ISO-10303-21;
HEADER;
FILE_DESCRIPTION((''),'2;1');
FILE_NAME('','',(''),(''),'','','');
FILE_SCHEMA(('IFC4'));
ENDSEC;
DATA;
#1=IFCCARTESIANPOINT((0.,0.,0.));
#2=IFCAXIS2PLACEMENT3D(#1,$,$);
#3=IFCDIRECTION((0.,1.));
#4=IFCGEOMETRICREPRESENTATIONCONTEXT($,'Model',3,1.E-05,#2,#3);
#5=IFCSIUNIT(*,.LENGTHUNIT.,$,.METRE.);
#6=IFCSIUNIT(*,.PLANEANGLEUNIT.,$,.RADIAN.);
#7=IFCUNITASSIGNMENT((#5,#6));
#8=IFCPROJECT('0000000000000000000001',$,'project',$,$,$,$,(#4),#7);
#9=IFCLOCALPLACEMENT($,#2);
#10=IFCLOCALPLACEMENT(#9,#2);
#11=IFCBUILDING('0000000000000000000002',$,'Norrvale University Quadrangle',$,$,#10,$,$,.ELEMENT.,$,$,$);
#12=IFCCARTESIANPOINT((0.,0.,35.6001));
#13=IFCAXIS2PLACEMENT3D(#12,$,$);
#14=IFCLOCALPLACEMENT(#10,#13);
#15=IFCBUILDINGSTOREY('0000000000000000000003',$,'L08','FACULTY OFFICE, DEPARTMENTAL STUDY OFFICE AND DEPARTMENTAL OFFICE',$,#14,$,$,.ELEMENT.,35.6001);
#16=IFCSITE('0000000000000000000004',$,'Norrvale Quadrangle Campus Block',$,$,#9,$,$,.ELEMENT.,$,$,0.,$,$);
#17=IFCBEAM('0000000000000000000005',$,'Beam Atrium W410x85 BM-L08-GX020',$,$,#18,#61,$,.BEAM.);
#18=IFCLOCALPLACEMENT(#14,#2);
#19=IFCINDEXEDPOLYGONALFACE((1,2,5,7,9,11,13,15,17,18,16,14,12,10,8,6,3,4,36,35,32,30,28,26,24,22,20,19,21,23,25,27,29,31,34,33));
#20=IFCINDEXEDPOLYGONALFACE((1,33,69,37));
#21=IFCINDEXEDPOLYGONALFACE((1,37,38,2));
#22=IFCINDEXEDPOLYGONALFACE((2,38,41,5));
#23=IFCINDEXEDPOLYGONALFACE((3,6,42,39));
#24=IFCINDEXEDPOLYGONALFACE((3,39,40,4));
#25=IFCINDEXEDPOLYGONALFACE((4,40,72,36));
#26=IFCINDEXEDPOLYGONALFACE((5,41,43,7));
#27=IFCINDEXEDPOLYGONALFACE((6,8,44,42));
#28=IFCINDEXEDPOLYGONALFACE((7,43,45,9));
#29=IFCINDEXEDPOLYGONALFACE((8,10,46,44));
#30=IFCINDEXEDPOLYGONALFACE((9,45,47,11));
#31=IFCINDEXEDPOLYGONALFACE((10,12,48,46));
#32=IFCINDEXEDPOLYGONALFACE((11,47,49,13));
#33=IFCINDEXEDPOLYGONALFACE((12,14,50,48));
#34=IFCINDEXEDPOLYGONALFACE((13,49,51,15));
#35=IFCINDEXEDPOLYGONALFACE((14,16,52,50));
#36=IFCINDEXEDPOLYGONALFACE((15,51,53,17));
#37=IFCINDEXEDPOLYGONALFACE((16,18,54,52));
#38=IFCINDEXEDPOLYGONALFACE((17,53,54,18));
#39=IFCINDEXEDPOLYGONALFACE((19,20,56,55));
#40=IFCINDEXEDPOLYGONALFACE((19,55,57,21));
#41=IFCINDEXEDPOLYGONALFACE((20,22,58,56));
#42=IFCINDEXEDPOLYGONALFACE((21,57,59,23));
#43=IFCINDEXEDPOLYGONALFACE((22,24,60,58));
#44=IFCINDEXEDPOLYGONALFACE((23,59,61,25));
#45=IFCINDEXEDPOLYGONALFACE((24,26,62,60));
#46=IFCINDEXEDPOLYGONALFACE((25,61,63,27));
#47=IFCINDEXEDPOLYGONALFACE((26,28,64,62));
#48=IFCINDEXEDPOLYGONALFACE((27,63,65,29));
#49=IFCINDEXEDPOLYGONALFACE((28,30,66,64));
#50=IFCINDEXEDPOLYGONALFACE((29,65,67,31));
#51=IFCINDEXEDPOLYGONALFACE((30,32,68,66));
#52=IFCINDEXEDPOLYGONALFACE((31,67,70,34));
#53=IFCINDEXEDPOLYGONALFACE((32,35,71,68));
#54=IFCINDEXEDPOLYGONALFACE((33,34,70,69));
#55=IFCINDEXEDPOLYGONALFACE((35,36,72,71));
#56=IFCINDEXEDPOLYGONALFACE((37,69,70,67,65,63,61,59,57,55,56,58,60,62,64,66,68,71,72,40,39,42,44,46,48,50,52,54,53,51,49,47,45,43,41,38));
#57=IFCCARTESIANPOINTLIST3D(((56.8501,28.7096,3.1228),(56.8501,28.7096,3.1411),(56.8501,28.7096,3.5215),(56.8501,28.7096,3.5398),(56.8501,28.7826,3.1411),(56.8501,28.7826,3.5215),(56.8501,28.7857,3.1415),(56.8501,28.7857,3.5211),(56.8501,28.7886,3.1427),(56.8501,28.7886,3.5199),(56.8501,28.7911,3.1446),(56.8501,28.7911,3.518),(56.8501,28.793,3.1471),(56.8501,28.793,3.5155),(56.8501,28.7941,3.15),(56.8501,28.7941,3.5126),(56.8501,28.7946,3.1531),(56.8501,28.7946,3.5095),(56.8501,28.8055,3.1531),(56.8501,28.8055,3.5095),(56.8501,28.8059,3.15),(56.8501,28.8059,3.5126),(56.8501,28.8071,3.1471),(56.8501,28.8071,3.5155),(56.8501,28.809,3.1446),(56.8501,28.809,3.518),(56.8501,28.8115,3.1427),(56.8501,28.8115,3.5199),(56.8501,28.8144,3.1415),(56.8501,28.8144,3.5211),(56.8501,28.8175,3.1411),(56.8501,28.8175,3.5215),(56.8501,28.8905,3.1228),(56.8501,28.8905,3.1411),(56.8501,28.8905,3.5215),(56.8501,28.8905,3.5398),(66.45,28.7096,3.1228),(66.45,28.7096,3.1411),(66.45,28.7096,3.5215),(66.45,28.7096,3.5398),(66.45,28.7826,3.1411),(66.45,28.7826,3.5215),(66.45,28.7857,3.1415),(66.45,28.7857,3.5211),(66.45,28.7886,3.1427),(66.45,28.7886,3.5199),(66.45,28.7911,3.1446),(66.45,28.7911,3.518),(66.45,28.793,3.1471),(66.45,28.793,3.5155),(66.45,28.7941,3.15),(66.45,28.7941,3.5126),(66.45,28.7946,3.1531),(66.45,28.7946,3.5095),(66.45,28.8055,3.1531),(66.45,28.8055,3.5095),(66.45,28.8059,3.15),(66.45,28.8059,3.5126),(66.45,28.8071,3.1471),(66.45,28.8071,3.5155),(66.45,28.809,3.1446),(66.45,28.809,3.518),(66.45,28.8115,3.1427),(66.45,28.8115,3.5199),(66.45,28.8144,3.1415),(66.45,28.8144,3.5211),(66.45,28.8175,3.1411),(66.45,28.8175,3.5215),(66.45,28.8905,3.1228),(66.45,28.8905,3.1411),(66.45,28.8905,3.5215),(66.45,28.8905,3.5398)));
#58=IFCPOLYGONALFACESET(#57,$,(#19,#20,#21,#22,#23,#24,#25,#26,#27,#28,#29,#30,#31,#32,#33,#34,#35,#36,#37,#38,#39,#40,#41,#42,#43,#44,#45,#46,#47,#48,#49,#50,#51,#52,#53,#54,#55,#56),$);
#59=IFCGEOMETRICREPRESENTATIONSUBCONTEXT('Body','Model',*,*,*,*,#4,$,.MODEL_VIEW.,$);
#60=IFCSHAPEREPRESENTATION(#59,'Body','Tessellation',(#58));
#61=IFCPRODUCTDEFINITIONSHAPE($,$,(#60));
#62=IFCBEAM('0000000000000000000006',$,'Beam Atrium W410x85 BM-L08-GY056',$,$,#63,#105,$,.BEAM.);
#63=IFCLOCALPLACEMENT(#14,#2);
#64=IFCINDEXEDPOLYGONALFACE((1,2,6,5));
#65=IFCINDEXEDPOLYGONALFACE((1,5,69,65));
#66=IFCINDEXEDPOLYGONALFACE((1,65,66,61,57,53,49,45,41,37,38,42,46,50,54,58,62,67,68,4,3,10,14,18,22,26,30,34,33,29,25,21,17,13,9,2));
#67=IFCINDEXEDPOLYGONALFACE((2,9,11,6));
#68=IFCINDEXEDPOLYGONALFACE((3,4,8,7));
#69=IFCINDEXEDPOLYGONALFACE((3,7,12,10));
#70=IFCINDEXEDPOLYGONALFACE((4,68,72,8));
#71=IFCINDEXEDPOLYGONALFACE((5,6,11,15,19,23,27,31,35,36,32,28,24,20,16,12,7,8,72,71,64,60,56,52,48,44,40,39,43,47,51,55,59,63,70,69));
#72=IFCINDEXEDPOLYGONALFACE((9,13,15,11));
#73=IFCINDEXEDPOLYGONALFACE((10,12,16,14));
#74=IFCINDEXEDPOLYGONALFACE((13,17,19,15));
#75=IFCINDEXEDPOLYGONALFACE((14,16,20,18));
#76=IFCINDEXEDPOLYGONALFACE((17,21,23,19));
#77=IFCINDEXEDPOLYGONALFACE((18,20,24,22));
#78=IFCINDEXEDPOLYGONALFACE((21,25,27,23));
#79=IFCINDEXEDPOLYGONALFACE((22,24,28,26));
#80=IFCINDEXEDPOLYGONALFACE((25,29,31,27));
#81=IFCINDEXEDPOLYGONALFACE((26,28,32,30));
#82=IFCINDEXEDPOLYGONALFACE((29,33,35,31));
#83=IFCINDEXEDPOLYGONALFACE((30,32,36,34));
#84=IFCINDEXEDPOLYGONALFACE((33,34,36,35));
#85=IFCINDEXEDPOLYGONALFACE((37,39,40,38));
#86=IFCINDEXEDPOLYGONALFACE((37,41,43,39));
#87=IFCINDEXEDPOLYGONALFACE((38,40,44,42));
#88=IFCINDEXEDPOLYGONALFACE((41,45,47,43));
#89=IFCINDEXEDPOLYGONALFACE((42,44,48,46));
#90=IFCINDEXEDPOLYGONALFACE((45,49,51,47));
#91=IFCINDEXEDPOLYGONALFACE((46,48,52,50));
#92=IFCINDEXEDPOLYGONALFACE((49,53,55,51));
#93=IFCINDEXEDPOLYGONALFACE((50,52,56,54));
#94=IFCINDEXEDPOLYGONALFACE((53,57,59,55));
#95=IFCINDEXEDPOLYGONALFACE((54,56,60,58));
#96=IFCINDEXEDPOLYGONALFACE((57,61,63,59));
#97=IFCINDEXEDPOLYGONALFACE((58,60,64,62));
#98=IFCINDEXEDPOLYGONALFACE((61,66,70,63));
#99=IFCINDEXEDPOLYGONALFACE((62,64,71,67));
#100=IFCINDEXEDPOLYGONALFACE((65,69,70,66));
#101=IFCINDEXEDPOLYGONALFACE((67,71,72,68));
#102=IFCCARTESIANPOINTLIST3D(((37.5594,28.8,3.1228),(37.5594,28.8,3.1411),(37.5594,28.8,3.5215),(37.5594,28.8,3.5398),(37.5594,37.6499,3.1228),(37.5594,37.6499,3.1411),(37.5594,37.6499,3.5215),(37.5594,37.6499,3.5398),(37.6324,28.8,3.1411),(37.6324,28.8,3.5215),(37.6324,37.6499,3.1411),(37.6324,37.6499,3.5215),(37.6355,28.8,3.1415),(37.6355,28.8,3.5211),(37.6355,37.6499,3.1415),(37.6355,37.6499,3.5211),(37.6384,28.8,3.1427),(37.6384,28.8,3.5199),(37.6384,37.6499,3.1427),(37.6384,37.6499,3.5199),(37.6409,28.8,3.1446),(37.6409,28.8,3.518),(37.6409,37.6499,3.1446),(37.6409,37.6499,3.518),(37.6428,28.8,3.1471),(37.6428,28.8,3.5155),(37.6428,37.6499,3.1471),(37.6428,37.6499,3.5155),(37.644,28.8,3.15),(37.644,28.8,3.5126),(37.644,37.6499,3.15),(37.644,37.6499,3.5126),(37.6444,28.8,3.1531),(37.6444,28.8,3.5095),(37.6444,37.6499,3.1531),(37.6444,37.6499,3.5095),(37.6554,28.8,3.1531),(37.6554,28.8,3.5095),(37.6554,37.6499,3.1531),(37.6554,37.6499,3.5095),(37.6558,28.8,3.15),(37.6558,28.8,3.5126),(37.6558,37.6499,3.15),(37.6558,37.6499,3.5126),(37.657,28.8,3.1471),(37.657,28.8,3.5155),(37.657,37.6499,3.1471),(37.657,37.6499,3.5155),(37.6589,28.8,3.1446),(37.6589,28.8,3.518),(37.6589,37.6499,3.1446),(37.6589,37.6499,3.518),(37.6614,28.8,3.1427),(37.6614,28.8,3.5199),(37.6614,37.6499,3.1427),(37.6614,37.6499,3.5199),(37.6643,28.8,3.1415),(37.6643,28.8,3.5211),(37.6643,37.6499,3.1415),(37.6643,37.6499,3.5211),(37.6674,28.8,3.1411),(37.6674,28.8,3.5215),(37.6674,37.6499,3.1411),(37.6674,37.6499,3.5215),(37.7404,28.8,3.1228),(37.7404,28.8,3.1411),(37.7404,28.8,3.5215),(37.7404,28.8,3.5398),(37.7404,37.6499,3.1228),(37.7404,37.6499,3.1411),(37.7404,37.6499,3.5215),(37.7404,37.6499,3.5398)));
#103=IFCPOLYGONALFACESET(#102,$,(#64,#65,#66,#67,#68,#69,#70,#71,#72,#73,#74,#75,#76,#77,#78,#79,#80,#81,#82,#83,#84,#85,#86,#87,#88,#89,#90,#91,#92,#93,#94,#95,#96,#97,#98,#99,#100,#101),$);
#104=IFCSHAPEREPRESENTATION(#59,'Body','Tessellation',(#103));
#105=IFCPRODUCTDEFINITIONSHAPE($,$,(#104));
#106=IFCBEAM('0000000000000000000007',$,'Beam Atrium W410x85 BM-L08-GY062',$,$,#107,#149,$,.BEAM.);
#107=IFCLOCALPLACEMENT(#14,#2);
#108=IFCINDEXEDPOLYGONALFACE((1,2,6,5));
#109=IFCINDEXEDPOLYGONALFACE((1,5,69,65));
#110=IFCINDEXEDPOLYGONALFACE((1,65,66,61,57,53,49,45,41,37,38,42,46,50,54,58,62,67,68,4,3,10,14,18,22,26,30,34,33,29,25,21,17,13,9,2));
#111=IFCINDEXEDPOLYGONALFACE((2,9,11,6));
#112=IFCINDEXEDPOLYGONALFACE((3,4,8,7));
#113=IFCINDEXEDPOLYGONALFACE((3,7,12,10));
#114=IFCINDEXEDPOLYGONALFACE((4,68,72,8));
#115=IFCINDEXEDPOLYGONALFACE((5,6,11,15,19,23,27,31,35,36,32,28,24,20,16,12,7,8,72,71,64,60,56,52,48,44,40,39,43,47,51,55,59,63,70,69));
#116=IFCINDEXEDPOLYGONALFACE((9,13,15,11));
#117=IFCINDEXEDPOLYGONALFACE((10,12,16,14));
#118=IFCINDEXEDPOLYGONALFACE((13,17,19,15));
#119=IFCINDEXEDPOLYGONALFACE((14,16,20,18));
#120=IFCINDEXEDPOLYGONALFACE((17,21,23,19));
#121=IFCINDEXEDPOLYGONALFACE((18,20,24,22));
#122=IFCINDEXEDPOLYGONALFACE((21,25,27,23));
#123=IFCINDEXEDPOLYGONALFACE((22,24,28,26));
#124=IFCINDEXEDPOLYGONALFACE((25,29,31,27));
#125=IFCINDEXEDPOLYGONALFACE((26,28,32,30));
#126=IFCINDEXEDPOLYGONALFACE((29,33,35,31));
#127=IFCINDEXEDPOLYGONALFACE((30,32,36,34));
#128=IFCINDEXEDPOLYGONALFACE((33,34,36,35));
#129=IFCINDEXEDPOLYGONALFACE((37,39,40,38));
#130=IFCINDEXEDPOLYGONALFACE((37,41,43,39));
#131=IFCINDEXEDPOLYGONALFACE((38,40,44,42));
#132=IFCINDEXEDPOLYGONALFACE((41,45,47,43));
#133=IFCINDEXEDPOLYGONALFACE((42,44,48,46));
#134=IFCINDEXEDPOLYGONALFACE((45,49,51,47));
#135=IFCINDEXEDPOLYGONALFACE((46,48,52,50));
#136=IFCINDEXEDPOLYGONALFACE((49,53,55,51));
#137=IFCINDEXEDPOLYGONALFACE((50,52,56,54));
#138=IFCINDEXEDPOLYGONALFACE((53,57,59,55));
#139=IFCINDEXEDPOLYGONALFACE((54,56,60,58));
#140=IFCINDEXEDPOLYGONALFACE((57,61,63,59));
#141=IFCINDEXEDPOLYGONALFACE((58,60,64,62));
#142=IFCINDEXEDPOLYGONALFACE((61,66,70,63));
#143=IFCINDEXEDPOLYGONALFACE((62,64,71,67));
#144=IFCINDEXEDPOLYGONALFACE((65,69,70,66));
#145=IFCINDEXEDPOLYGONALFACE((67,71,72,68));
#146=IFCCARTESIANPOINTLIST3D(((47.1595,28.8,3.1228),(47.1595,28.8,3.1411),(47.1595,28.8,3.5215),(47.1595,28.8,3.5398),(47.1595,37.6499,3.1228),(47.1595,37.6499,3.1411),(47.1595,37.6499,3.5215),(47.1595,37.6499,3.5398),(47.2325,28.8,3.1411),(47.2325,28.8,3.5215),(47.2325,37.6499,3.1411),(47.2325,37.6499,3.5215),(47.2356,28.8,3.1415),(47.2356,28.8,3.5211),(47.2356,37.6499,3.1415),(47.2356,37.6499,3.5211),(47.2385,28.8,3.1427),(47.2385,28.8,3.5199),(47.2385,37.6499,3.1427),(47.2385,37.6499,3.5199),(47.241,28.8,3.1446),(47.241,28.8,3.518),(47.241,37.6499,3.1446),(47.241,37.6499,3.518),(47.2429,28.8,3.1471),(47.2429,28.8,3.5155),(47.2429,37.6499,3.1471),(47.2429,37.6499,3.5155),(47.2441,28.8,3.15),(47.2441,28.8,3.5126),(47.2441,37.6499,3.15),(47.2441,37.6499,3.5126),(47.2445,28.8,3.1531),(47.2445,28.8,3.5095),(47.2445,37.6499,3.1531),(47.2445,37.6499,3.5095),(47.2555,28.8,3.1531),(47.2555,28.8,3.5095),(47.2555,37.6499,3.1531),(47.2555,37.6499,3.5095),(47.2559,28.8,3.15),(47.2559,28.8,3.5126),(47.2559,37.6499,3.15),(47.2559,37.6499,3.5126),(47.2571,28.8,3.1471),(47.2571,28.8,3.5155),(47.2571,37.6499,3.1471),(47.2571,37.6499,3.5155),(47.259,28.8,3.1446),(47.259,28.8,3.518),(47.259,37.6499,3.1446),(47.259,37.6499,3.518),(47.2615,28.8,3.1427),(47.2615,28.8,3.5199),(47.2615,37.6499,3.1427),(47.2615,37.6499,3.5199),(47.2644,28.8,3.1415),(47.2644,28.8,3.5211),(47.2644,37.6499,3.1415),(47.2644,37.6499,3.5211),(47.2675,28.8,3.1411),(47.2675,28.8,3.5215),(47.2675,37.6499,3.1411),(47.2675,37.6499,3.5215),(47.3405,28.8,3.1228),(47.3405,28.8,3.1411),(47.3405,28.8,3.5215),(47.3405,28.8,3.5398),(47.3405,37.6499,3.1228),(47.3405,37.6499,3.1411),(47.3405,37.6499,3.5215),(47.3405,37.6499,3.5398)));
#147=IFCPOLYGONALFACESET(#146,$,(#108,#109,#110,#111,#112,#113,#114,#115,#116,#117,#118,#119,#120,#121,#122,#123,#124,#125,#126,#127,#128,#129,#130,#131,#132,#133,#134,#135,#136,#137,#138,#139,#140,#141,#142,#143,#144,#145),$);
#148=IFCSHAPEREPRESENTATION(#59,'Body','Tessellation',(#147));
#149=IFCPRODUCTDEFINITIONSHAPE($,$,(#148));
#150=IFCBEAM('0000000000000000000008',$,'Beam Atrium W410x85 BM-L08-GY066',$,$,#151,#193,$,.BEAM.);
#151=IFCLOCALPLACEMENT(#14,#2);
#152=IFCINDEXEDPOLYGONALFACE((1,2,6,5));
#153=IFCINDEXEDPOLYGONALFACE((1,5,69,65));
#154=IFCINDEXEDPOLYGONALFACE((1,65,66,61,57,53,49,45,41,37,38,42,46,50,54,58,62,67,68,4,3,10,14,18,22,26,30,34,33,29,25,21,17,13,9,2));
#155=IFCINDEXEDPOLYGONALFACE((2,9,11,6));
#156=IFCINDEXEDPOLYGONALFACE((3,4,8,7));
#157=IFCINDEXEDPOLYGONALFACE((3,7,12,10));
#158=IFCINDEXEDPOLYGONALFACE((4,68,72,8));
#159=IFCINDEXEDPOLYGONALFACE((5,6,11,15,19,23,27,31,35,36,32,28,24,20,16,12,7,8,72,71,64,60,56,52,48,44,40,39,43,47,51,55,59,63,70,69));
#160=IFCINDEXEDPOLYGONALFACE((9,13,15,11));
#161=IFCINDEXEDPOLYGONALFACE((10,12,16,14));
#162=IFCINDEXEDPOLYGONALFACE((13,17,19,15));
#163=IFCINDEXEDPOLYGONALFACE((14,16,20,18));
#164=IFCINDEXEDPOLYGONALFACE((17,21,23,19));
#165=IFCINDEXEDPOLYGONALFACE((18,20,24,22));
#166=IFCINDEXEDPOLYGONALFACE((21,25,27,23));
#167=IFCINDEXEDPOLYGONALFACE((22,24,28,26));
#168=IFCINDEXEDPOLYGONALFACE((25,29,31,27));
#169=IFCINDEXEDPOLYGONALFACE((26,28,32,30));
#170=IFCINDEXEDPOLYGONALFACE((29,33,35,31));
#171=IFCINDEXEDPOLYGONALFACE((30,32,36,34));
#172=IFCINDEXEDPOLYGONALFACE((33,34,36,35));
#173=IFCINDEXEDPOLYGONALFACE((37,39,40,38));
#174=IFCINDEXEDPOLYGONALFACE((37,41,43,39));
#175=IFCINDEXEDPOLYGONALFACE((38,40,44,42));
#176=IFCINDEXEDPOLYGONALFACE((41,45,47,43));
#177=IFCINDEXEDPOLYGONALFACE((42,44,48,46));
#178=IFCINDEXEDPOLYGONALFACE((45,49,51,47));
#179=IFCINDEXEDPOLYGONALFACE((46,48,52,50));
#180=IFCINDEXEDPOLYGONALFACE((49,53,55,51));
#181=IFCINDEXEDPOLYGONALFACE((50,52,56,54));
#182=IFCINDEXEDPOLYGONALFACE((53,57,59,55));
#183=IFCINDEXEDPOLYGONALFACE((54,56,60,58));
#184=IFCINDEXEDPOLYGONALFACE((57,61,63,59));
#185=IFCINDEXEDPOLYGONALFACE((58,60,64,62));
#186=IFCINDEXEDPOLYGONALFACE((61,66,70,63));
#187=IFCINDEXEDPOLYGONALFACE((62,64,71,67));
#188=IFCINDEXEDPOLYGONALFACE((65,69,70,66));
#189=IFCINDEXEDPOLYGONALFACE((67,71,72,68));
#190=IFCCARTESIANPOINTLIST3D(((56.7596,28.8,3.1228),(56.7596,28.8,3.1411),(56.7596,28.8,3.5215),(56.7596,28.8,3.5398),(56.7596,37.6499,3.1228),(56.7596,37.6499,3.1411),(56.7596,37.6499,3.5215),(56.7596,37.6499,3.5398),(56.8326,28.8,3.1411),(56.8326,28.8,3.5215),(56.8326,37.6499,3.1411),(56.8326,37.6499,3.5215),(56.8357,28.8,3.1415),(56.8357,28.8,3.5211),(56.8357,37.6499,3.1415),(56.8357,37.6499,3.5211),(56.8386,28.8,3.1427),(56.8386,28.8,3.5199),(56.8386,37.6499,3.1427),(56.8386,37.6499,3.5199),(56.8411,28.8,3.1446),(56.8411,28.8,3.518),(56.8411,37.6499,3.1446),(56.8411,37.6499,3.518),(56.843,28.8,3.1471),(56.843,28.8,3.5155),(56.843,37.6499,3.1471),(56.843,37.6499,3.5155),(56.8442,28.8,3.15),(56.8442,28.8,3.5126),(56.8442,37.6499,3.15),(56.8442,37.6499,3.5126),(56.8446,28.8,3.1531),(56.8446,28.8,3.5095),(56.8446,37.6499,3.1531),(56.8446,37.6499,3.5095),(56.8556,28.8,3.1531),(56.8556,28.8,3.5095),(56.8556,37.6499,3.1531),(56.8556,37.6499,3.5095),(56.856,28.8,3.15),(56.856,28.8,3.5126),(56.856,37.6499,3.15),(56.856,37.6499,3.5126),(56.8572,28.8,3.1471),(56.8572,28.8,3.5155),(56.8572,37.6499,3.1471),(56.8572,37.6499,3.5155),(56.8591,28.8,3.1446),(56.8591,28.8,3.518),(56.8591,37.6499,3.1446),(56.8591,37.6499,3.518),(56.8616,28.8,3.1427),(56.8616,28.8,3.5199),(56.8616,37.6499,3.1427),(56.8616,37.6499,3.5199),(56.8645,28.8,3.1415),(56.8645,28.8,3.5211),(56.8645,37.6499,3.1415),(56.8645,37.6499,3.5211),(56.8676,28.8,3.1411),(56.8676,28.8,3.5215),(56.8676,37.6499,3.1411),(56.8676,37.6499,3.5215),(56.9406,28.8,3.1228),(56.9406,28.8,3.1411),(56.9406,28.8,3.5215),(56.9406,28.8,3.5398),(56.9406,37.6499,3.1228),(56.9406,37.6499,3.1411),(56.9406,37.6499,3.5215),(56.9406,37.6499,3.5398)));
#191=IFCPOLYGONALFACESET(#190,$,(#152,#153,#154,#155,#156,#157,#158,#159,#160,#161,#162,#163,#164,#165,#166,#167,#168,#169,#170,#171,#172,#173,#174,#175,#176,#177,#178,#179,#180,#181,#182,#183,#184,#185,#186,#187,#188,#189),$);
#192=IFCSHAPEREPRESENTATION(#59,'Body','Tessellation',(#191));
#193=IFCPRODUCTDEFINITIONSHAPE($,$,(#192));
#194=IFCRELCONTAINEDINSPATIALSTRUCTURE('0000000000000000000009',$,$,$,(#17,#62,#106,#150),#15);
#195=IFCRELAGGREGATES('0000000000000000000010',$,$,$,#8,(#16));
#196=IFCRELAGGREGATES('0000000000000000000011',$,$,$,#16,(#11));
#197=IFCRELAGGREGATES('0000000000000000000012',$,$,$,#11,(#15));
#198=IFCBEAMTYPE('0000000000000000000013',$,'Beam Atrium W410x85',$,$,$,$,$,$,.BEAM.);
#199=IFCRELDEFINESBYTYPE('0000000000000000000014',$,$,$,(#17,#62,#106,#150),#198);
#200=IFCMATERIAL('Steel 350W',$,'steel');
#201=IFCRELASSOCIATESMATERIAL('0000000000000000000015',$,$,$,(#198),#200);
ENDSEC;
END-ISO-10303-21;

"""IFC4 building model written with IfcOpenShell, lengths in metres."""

from ifc_helpers import new_model, si_unit, direction, frame, origin, origin_2d, place, context, subcontext, project, spatial, i_section, extrude, material, material_profile, profile_set, type_object, element, save


model = new_model("IFC4")

# Units and contexts
model_context = context("Model", 3, precision=1e-05, world=origin(), true_north=direction((0.0, 1.0)))
body_context = subcontext(model_context, "Body", "Model", "MODEL_VIEW")
ifc_project = project(units=[si_unit("LENGTHUNIT", "METRE"), si_unit("PLANEANGLEUNIT", "RADIAN")], contexts=[model_context])

# Site, building, storey
site_placement = place(None, origin())
site = spatial("IfcSite", under=ifc_project, at=site_placement, Name="Norrvale Quadrangle Campus Block", CompositionType="ELEMENT", RefElevation=0.0)
building_placement = place(site_placement, origin())
building = spatial("IfcBuilding", under=site, at=building_placement, Name="Norrvale University Quadrangle", CompositionType="ELEMENT")
storey_placement = place(building_placement, frame((0.0, 0.0, 35.6001)))
storey = spatial("IfcBuildingStorey", under=building, at=storey_placement, Name="L08", Description="FACULTY OFFICE, DEPARTMENTAL STUDY OFFICE AND DEPARTMENTAL OFFICE", CompositionType="ELEMENT", Elevation=35.6001)

# Beams
ifc_material_1 = material(Name="Steel 350W", Category="steel")
ifc_material_profile_1 = material_profile(ifc_material_1, i_section(OverallWidth=0.1809, OverallDepth=0.417, WebThickness=0.011, FlangeThickness=0.0183, FilletRadius=0.012, at=origin_2d()), Name="Steel 350W")
ifc_profile_set_1 = profile_set([ifc_material_profile_1], Name="Steel 350W")
beam_type_1 = type_object("IfcBeamType", Name="Beam Atrium W410x85", PredefinedType="BEAM", material=ifc_profile_set_1)
beam_1_placement = place(storey_placement, frame((56.8501, 28.8, 3.3313), z_axis=(1.0, 0.0, 0.0), x_axis=(0.0, 1.0, 0.0)))
element("IfcBeam", 1, at=beam_1_placement, inside=storey, type_object=beam_type_1, Name="Beam Atrium W410x85 BM-L08-GX020", PredefinedType="BEAM", context=body_context, shape_type="SweptSolid", body=[
    extrude(i_section(OverallWidth=0.1809, OverallDepth=0.417, WebThickness=0.011, FlangeThickness=0.0183, FilletRadius=0.012, at=origin_2d()), origin(), (0.0, 0.0, 1.0), 9.5999),
])
for number, where, z_axis, x_axis, name in (
    (2, (37.6499, 28.8, 3.3313), (0.0, 1.0, 0.0), (-1.0, 0.0, 0.0), "Beam Atrium W410x85 BM-L08-GY056"),
    (3, (47.25, 28.8, 3.3313), (0.0, 1.0, 0.0), (-1.0, 0.0, 0.0), "Beam Atrium W410x85 BM-L08-GY062"),
    (4, (56.8501, 28.8, 3.3313), (0.0, 1.0, 0.0), (-1.0, 0.0, 0.0), "Beam Atrium W410x85 BM-L08-GY066"),
):
    element("IfcBeam", number, at=place(storey_placement, frame(where, z_axis=z_axis, x_axis=x_axis)), inside=storey, type_object=beam_type_1, Name=name, PredefinedType="BEAM", context=body_context, shape_type="SweptSolid", body=[
        extrude(i_section(OverallWidth=0.1809, OverallDepth=0.417, WebThickness=0.011, FlangeThickness=0.0183, FilletRadius=0.012, at=origin_2d()), origin(), (0.0, 0.0, 1.0), 8.8499),
    ])

save(model, "model.ifc")
